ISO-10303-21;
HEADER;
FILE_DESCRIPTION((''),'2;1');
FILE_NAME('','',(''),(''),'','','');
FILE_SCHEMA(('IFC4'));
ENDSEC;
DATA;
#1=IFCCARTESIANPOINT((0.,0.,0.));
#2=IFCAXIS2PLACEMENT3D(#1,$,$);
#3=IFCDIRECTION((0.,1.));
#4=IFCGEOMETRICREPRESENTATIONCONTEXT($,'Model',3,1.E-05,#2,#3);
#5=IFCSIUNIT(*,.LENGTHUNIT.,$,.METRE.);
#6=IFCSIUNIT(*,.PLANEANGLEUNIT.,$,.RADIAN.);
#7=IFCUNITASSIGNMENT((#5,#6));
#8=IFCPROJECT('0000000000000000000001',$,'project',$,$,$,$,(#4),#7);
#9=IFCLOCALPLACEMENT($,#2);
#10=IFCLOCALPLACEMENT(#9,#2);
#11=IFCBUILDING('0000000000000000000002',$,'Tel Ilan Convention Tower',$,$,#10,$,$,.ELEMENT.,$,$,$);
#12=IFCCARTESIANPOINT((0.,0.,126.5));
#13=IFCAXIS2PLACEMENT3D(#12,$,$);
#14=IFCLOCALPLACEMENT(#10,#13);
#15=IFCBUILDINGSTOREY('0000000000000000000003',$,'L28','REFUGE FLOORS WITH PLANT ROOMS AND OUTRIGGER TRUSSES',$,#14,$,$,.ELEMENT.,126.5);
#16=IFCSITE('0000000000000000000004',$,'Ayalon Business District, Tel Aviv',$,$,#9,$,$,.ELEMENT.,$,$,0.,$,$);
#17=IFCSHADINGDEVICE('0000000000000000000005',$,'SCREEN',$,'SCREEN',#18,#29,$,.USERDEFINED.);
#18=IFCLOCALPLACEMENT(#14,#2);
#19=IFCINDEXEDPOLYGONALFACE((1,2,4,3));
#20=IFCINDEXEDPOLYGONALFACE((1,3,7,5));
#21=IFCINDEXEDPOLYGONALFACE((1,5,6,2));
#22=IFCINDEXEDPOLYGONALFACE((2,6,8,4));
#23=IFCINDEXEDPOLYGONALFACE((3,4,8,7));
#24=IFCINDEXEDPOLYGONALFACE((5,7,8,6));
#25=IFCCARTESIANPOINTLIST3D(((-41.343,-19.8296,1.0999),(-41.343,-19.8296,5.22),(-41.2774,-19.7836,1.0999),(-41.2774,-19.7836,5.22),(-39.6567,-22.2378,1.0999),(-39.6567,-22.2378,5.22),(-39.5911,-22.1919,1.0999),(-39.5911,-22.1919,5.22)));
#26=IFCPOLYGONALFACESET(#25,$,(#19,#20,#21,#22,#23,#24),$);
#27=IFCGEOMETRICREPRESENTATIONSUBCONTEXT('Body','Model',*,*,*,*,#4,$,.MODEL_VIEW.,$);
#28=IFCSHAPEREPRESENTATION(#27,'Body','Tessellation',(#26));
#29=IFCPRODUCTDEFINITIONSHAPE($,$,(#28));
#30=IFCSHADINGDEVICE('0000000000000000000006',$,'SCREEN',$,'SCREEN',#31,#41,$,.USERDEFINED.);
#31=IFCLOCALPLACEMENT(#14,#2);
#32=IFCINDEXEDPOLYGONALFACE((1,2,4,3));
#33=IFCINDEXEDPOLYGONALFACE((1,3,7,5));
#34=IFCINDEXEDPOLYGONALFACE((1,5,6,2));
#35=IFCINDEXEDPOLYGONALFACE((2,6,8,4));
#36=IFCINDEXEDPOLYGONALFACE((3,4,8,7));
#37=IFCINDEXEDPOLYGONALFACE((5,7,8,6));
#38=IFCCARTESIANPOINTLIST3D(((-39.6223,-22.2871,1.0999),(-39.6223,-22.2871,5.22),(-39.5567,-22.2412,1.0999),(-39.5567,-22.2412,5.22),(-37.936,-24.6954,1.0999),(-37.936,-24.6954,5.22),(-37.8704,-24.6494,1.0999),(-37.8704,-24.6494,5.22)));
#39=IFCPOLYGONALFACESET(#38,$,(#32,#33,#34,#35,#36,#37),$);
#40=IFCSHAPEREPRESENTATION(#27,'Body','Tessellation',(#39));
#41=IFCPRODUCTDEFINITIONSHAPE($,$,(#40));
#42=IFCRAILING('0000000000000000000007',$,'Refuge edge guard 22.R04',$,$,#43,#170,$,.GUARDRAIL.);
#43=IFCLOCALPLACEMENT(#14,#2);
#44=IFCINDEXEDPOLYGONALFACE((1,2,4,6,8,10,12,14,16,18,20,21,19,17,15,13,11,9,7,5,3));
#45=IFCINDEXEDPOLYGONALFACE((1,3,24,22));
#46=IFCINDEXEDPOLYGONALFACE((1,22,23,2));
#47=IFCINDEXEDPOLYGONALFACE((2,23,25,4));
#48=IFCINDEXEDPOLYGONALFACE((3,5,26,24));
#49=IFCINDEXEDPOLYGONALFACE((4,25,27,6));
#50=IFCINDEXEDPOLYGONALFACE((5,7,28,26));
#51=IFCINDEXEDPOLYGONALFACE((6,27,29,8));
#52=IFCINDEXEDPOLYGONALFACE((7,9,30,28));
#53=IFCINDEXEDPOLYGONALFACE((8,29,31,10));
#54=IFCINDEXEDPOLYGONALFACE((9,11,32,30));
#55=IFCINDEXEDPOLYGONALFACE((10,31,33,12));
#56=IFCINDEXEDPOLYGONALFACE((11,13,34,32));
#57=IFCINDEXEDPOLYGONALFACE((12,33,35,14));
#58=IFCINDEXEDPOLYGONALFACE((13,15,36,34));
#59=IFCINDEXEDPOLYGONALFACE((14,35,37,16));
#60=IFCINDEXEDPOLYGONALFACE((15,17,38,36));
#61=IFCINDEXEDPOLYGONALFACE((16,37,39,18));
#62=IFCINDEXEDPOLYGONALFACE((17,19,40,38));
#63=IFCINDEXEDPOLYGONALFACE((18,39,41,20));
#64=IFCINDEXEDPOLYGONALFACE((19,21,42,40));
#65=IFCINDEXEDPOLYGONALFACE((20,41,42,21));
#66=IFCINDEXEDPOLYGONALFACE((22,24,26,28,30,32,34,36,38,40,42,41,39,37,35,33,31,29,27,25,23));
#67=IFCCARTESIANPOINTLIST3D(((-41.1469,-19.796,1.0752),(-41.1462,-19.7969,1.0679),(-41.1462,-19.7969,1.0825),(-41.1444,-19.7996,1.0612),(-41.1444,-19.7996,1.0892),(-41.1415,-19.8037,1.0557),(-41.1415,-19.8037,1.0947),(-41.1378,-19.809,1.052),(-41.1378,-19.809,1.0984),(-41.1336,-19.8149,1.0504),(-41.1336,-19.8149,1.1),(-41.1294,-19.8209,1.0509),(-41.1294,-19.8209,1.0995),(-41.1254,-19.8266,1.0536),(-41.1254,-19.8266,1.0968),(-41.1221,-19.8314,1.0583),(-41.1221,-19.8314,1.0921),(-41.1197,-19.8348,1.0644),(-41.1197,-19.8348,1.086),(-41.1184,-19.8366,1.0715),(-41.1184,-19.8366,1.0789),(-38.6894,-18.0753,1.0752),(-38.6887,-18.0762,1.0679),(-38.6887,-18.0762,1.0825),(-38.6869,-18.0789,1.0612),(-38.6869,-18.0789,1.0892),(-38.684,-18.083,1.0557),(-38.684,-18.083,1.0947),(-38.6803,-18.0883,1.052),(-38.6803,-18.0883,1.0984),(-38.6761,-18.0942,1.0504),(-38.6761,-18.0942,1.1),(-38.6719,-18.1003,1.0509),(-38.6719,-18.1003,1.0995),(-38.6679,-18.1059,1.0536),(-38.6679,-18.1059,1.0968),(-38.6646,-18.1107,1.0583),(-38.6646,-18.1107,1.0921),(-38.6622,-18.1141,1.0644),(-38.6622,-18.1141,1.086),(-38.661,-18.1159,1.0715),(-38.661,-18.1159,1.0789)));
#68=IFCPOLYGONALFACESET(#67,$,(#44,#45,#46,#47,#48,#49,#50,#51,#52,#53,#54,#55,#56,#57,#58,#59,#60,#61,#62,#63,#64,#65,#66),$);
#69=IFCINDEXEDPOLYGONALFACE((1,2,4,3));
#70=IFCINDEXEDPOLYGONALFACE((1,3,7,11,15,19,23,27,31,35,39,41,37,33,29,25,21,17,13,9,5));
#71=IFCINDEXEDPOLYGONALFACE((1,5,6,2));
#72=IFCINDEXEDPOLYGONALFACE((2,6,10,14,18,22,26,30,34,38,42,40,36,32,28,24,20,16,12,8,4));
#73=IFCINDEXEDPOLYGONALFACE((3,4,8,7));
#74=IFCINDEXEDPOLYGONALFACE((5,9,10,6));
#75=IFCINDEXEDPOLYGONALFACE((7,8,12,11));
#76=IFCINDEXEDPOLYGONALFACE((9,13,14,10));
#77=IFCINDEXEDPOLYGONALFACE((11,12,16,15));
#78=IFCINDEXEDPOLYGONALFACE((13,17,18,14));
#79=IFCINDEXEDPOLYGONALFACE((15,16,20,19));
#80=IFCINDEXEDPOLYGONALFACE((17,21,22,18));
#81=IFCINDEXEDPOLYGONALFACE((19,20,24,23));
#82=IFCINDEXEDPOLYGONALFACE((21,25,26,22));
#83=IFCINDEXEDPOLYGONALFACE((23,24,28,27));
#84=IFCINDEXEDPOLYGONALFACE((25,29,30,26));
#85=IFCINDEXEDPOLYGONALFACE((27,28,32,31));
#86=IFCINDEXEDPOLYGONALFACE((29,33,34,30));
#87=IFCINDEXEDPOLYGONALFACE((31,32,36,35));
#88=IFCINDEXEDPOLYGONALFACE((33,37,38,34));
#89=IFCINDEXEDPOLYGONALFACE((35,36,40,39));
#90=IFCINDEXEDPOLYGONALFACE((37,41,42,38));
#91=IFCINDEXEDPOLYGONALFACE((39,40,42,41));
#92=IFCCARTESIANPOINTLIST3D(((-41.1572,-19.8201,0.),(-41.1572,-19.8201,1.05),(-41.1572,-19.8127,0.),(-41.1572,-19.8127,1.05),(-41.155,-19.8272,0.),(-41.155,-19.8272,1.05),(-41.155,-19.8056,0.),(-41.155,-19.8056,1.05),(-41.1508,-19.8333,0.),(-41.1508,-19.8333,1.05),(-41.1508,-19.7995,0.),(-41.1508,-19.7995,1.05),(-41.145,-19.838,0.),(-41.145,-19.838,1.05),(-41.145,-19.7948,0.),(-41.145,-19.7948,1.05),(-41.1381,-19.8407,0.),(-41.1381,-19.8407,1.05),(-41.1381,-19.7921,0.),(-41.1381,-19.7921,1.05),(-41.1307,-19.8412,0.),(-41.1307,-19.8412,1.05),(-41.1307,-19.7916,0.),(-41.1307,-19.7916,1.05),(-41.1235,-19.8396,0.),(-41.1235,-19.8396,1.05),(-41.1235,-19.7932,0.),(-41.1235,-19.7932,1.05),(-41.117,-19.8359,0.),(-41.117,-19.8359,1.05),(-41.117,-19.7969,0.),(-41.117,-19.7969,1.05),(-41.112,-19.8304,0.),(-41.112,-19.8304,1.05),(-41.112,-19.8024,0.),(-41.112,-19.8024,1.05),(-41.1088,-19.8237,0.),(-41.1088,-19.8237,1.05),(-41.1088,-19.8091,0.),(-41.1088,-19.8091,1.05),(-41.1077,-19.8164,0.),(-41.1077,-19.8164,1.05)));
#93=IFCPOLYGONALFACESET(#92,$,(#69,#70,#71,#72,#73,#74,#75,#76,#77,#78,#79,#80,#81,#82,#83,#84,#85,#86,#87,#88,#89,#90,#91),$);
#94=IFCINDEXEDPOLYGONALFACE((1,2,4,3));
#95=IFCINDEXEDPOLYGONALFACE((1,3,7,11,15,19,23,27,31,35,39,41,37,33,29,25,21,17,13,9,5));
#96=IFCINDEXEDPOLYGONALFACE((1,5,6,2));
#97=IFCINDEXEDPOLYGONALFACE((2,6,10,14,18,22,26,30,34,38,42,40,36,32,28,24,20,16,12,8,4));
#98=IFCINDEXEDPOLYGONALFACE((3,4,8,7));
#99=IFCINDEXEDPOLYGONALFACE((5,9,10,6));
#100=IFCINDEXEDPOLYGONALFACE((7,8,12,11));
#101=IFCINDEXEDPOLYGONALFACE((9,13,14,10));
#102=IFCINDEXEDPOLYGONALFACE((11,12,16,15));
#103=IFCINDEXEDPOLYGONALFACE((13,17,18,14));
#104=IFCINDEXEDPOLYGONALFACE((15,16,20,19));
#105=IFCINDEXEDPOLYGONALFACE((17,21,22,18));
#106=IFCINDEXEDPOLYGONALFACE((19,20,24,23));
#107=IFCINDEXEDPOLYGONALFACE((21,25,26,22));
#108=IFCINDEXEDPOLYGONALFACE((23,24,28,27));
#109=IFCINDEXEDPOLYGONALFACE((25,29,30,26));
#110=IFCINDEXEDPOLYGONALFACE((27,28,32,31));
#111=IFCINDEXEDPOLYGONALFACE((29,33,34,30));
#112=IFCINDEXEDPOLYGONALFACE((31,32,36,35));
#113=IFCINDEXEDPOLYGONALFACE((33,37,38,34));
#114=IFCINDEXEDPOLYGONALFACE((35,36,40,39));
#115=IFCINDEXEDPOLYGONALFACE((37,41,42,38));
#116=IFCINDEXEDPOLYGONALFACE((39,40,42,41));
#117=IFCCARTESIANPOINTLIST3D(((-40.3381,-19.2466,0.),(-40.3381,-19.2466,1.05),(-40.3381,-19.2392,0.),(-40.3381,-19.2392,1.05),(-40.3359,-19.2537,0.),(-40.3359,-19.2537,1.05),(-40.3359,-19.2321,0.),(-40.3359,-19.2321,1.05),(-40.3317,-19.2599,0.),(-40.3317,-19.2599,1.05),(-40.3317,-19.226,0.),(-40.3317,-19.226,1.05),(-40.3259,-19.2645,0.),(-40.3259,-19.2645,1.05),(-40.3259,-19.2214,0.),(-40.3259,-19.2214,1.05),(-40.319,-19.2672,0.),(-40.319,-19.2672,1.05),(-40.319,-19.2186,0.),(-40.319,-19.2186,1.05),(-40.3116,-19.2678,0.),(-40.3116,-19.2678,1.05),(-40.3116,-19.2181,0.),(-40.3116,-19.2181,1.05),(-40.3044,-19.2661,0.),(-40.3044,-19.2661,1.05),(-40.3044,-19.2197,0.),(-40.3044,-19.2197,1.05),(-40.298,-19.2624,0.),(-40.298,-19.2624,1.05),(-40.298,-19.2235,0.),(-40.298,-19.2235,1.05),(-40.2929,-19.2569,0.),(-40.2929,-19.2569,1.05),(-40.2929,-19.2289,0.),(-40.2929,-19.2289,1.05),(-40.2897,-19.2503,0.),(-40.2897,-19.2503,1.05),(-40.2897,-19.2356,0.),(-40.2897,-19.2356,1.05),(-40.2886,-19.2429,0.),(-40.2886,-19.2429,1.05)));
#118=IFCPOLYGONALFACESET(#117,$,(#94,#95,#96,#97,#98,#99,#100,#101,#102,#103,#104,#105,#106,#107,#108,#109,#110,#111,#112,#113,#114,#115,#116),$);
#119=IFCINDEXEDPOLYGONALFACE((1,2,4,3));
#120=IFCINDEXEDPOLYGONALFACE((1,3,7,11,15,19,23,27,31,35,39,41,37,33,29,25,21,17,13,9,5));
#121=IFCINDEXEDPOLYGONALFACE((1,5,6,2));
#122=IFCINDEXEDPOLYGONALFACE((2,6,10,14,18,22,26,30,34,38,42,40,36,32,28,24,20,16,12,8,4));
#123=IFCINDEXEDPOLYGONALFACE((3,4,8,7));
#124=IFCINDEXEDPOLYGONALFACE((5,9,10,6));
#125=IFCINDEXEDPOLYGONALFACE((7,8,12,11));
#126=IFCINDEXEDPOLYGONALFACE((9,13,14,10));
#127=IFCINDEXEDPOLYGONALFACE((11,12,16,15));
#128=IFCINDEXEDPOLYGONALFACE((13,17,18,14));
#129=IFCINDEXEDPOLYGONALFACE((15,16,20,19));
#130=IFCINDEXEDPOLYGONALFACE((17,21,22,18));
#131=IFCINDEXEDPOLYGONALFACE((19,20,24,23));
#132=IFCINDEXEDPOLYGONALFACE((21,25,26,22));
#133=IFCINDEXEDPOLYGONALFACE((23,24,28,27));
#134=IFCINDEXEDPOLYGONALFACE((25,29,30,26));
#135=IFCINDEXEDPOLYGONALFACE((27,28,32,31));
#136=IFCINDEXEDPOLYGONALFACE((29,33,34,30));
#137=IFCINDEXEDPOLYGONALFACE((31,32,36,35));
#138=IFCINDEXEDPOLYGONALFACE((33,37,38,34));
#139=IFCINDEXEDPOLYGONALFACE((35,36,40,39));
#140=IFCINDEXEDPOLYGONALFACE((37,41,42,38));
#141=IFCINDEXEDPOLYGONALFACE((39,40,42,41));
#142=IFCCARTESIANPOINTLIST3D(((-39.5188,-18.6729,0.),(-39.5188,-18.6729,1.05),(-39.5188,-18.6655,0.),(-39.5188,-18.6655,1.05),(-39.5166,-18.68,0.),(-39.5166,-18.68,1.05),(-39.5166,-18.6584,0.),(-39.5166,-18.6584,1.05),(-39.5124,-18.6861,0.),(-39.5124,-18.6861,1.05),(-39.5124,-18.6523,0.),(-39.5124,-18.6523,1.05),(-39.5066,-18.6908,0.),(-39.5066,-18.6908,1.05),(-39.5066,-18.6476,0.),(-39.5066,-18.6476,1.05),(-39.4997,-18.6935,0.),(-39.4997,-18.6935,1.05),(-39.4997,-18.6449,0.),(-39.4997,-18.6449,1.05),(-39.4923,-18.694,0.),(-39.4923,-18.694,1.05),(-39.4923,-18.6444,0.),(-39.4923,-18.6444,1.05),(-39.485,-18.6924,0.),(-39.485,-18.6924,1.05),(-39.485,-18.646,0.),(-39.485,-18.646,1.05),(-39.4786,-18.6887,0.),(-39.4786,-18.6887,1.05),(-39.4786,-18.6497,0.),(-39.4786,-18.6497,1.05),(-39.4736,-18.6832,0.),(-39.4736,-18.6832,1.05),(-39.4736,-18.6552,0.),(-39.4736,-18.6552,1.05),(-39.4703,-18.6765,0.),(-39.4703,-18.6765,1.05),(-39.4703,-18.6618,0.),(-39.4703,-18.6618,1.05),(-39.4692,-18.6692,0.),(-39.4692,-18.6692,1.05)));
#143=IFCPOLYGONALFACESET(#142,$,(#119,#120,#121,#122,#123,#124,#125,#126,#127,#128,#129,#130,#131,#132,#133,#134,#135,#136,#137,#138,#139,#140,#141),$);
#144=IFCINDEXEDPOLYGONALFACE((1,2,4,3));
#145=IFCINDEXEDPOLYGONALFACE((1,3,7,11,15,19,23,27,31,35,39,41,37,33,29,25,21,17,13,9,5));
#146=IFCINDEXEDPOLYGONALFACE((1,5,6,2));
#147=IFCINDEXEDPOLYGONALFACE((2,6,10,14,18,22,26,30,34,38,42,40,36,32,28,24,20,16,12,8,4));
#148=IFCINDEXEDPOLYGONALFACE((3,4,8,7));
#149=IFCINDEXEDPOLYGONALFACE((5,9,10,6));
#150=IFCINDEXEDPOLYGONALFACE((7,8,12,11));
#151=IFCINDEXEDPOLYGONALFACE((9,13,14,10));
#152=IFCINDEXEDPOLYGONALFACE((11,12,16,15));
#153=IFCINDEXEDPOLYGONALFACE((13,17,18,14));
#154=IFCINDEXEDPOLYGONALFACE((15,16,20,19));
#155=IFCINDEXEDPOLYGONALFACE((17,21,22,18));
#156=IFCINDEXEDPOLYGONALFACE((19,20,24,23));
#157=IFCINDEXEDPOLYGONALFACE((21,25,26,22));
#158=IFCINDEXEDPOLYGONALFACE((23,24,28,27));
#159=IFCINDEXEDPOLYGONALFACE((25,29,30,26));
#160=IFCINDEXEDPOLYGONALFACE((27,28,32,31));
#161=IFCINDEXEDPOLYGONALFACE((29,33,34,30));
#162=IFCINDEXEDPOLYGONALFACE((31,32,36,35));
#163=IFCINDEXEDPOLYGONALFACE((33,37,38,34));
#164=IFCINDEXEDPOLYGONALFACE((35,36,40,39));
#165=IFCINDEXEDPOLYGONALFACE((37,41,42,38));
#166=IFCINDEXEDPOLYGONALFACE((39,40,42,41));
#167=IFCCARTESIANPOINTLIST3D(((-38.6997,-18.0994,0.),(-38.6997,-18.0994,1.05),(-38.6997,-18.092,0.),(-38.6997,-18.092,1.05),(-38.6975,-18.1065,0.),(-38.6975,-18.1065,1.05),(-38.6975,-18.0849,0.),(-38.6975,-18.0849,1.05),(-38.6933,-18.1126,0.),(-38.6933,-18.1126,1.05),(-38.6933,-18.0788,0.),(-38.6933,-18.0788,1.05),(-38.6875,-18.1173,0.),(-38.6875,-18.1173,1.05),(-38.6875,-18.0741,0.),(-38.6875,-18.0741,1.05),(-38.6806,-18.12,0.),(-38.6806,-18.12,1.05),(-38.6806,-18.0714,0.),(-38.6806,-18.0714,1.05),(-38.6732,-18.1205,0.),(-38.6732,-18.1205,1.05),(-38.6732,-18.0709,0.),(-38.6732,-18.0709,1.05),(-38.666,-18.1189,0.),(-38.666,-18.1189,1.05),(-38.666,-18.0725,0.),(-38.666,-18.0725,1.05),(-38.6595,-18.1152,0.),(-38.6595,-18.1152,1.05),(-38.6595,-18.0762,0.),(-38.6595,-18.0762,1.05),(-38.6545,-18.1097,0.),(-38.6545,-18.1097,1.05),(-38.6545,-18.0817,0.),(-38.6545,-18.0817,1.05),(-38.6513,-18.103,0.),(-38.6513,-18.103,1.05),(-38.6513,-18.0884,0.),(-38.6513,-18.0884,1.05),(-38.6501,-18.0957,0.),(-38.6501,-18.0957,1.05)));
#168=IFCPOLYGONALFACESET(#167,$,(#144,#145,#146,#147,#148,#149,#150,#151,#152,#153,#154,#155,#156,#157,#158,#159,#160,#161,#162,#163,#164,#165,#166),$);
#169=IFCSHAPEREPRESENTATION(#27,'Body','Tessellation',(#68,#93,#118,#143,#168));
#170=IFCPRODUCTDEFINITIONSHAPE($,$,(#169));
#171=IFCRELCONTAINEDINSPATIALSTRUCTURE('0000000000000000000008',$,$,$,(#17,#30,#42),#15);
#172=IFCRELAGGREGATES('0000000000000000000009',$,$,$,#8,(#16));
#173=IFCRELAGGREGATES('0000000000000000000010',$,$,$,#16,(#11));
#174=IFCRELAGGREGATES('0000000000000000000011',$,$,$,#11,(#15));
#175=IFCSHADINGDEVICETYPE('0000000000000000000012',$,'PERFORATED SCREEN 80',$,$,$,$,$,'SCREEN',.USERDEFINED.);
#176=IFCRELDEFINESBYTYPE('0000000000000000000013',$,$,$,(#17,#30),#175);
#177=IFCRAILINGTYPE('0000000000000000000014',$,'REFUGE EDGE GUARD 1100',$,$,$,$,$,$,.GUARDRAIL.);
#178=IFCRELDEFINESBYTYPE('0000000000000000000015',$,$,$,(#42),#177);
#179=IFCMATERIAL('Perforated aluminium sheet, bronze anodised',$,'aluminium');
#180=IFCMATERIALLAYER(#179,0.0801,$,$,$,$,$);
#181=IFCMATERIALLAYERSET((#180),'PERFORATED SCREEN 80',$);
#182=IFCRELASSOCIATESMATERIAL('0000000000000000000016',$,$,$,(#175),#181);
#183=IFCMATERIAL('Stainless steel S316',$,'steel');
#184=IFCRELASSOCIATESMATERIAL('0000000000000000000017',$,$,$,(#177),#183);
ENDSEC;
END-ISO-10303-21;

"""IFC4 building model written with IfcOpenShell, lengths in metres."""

from ifc_helpers import new_model, si_unit, direction, frame, origin, origin_2d, place, context, subcontext, project, spatial, rectangle, circle, extrude, material, layer, layer_set, type_object, element, save


model = new_model("IFC4")

# Units and contexts
model_context = context("Model", 3, precision=1e-05, world=origin(), true_north=direction((0.0, 1.0)))
body_context = subcontext(model_context, "Body", "Model", "MODEL_VIEW")
ifc_project = project(units=[si_unit("LENGTHUNIT", "METRE"), si_unit("PLANEANGLEUNIT", "RADIAN")], contexts=[model_context])

# Site, building, storey
site_placement = place(None, origin())
site = spatial("IfcSite", under=ifc_project, at=site_placement, Name="Ayalon Business District, Tel Aviv", CompositionType="ELEMENT", RefElevation=0.0)
building_placement = place(site_placement, origin())
building = spatial("IfcBuilding", under=site, at=building_placement, Name="Tel Ilan Convention Tower", CompositionType="ELEMENT")
storey_placement = place(building_placement, frame((0.0, 0.0, 126.5)))
storey = spatial("IfcBuildingStorey", under=building, at=storey_placement, Name="L28", Description="REFUGE FLOORS WITH PLANT ROOMS AND OUTRIGGER TRUSSES", CompositionType="ELEMENT", Elevation=126.5)

# Shading devices
ifc_material_1 = material(Name="Perforated aluminium sheet, bronze anodised", Category="aluminium")
ifc_layer_1 = layer(ifc_material_1, 0.0801)
ifc_layer_set_1 = layer_set([ifc_layer_1], Name="PERFORATED SCREEN 80")
shading_device_type_1 = type_object("IfcShadingDeviceType", Name="PERFORATED SCREEN 80", ElementType="SCREEN", PredefinedType="USERDEFINED", material=ifc_layer_set_1)
for number, where, z_axis, x_axis, name in (
    (1, (-40.467, -21.0107, 1.0999), (0.0, 0.0, 1.0), (0.573576, -0.819152, 0.0), "SCREEN"),
    (2, (-38.7463, -23.4683, 1.0999), (0.0, 0.0, 1.0), (0.573576, -0.819152, 0.0), "SCREEN"),
):
    element("IfcShadingDevice", number, at=place(storey_placement, frame(where, z_axis=z_axis, x_axis=x_axis)), inside=storey, type_object=shading_device_type_1, Name=name, ObjectType="SCREEN", PredefinedType="USERDEFINED", context=body_context, shape_type="SweptSolid", body=[
        extrude(rectangle(XDim=2.9399, YDim=0.0801, at=origin_2d()), origin(), (0.0, 0.0, 1.0), 4.1201),
    ])

# Railing
ifc_material_2 = material(Name="Stainless steel S316", Category="steel")
railing_type = type_object("IfcRailingType", Name="REFUGE EDGE GUARD 1100", PredefinedType="GUARDRAIL", material=ifc_material_2)
railing_1_placement = place(storey_placement, frame((-41.1326, -19.8164, 0.0)))
element("IfcRailing", 3, at=railing_1_placement, inside=storey, type_object=railing_type, Name="Refuge edge guard 22.R04", PredefinedType="GUARDRAIL", context=body_context, shape_type="SweptSolid", body=[
    extrude(circle(Radius=0.0249, at=origin_2d()), frame((0.0, 0.0, 1.0752), z_axis=(0.819163, 0.573561, 0.0), x_axis=(-0.573561, 0.819163, 0.0)), (0.0, 0.0, 1.0), 3.0),
    extrude(circle(Radius=0.0249, at=origin_2d()), origin(), (0.0, 0.0, 1.0), 1.05),
    extrude(circle(Radius=0.0249, at=origin_2d()), frame((0.8191, 0.5735, 0.0)), (0.0, 0.0, 1.0), 1.05),
    extrude(circle(Radius=0.0249, at=origin_2d()), frame((1.6384, 1.1472, 0.0)), (0.0, 0.0, 1.0), 1.05),
    extrude(circle(Radius=0.0249, at=origin_2d()), frame((2.4575, 1.7207, 0.0)), (0.0, 0.0, 1.0), 1.05),
])

save(model, "model.ifc")
